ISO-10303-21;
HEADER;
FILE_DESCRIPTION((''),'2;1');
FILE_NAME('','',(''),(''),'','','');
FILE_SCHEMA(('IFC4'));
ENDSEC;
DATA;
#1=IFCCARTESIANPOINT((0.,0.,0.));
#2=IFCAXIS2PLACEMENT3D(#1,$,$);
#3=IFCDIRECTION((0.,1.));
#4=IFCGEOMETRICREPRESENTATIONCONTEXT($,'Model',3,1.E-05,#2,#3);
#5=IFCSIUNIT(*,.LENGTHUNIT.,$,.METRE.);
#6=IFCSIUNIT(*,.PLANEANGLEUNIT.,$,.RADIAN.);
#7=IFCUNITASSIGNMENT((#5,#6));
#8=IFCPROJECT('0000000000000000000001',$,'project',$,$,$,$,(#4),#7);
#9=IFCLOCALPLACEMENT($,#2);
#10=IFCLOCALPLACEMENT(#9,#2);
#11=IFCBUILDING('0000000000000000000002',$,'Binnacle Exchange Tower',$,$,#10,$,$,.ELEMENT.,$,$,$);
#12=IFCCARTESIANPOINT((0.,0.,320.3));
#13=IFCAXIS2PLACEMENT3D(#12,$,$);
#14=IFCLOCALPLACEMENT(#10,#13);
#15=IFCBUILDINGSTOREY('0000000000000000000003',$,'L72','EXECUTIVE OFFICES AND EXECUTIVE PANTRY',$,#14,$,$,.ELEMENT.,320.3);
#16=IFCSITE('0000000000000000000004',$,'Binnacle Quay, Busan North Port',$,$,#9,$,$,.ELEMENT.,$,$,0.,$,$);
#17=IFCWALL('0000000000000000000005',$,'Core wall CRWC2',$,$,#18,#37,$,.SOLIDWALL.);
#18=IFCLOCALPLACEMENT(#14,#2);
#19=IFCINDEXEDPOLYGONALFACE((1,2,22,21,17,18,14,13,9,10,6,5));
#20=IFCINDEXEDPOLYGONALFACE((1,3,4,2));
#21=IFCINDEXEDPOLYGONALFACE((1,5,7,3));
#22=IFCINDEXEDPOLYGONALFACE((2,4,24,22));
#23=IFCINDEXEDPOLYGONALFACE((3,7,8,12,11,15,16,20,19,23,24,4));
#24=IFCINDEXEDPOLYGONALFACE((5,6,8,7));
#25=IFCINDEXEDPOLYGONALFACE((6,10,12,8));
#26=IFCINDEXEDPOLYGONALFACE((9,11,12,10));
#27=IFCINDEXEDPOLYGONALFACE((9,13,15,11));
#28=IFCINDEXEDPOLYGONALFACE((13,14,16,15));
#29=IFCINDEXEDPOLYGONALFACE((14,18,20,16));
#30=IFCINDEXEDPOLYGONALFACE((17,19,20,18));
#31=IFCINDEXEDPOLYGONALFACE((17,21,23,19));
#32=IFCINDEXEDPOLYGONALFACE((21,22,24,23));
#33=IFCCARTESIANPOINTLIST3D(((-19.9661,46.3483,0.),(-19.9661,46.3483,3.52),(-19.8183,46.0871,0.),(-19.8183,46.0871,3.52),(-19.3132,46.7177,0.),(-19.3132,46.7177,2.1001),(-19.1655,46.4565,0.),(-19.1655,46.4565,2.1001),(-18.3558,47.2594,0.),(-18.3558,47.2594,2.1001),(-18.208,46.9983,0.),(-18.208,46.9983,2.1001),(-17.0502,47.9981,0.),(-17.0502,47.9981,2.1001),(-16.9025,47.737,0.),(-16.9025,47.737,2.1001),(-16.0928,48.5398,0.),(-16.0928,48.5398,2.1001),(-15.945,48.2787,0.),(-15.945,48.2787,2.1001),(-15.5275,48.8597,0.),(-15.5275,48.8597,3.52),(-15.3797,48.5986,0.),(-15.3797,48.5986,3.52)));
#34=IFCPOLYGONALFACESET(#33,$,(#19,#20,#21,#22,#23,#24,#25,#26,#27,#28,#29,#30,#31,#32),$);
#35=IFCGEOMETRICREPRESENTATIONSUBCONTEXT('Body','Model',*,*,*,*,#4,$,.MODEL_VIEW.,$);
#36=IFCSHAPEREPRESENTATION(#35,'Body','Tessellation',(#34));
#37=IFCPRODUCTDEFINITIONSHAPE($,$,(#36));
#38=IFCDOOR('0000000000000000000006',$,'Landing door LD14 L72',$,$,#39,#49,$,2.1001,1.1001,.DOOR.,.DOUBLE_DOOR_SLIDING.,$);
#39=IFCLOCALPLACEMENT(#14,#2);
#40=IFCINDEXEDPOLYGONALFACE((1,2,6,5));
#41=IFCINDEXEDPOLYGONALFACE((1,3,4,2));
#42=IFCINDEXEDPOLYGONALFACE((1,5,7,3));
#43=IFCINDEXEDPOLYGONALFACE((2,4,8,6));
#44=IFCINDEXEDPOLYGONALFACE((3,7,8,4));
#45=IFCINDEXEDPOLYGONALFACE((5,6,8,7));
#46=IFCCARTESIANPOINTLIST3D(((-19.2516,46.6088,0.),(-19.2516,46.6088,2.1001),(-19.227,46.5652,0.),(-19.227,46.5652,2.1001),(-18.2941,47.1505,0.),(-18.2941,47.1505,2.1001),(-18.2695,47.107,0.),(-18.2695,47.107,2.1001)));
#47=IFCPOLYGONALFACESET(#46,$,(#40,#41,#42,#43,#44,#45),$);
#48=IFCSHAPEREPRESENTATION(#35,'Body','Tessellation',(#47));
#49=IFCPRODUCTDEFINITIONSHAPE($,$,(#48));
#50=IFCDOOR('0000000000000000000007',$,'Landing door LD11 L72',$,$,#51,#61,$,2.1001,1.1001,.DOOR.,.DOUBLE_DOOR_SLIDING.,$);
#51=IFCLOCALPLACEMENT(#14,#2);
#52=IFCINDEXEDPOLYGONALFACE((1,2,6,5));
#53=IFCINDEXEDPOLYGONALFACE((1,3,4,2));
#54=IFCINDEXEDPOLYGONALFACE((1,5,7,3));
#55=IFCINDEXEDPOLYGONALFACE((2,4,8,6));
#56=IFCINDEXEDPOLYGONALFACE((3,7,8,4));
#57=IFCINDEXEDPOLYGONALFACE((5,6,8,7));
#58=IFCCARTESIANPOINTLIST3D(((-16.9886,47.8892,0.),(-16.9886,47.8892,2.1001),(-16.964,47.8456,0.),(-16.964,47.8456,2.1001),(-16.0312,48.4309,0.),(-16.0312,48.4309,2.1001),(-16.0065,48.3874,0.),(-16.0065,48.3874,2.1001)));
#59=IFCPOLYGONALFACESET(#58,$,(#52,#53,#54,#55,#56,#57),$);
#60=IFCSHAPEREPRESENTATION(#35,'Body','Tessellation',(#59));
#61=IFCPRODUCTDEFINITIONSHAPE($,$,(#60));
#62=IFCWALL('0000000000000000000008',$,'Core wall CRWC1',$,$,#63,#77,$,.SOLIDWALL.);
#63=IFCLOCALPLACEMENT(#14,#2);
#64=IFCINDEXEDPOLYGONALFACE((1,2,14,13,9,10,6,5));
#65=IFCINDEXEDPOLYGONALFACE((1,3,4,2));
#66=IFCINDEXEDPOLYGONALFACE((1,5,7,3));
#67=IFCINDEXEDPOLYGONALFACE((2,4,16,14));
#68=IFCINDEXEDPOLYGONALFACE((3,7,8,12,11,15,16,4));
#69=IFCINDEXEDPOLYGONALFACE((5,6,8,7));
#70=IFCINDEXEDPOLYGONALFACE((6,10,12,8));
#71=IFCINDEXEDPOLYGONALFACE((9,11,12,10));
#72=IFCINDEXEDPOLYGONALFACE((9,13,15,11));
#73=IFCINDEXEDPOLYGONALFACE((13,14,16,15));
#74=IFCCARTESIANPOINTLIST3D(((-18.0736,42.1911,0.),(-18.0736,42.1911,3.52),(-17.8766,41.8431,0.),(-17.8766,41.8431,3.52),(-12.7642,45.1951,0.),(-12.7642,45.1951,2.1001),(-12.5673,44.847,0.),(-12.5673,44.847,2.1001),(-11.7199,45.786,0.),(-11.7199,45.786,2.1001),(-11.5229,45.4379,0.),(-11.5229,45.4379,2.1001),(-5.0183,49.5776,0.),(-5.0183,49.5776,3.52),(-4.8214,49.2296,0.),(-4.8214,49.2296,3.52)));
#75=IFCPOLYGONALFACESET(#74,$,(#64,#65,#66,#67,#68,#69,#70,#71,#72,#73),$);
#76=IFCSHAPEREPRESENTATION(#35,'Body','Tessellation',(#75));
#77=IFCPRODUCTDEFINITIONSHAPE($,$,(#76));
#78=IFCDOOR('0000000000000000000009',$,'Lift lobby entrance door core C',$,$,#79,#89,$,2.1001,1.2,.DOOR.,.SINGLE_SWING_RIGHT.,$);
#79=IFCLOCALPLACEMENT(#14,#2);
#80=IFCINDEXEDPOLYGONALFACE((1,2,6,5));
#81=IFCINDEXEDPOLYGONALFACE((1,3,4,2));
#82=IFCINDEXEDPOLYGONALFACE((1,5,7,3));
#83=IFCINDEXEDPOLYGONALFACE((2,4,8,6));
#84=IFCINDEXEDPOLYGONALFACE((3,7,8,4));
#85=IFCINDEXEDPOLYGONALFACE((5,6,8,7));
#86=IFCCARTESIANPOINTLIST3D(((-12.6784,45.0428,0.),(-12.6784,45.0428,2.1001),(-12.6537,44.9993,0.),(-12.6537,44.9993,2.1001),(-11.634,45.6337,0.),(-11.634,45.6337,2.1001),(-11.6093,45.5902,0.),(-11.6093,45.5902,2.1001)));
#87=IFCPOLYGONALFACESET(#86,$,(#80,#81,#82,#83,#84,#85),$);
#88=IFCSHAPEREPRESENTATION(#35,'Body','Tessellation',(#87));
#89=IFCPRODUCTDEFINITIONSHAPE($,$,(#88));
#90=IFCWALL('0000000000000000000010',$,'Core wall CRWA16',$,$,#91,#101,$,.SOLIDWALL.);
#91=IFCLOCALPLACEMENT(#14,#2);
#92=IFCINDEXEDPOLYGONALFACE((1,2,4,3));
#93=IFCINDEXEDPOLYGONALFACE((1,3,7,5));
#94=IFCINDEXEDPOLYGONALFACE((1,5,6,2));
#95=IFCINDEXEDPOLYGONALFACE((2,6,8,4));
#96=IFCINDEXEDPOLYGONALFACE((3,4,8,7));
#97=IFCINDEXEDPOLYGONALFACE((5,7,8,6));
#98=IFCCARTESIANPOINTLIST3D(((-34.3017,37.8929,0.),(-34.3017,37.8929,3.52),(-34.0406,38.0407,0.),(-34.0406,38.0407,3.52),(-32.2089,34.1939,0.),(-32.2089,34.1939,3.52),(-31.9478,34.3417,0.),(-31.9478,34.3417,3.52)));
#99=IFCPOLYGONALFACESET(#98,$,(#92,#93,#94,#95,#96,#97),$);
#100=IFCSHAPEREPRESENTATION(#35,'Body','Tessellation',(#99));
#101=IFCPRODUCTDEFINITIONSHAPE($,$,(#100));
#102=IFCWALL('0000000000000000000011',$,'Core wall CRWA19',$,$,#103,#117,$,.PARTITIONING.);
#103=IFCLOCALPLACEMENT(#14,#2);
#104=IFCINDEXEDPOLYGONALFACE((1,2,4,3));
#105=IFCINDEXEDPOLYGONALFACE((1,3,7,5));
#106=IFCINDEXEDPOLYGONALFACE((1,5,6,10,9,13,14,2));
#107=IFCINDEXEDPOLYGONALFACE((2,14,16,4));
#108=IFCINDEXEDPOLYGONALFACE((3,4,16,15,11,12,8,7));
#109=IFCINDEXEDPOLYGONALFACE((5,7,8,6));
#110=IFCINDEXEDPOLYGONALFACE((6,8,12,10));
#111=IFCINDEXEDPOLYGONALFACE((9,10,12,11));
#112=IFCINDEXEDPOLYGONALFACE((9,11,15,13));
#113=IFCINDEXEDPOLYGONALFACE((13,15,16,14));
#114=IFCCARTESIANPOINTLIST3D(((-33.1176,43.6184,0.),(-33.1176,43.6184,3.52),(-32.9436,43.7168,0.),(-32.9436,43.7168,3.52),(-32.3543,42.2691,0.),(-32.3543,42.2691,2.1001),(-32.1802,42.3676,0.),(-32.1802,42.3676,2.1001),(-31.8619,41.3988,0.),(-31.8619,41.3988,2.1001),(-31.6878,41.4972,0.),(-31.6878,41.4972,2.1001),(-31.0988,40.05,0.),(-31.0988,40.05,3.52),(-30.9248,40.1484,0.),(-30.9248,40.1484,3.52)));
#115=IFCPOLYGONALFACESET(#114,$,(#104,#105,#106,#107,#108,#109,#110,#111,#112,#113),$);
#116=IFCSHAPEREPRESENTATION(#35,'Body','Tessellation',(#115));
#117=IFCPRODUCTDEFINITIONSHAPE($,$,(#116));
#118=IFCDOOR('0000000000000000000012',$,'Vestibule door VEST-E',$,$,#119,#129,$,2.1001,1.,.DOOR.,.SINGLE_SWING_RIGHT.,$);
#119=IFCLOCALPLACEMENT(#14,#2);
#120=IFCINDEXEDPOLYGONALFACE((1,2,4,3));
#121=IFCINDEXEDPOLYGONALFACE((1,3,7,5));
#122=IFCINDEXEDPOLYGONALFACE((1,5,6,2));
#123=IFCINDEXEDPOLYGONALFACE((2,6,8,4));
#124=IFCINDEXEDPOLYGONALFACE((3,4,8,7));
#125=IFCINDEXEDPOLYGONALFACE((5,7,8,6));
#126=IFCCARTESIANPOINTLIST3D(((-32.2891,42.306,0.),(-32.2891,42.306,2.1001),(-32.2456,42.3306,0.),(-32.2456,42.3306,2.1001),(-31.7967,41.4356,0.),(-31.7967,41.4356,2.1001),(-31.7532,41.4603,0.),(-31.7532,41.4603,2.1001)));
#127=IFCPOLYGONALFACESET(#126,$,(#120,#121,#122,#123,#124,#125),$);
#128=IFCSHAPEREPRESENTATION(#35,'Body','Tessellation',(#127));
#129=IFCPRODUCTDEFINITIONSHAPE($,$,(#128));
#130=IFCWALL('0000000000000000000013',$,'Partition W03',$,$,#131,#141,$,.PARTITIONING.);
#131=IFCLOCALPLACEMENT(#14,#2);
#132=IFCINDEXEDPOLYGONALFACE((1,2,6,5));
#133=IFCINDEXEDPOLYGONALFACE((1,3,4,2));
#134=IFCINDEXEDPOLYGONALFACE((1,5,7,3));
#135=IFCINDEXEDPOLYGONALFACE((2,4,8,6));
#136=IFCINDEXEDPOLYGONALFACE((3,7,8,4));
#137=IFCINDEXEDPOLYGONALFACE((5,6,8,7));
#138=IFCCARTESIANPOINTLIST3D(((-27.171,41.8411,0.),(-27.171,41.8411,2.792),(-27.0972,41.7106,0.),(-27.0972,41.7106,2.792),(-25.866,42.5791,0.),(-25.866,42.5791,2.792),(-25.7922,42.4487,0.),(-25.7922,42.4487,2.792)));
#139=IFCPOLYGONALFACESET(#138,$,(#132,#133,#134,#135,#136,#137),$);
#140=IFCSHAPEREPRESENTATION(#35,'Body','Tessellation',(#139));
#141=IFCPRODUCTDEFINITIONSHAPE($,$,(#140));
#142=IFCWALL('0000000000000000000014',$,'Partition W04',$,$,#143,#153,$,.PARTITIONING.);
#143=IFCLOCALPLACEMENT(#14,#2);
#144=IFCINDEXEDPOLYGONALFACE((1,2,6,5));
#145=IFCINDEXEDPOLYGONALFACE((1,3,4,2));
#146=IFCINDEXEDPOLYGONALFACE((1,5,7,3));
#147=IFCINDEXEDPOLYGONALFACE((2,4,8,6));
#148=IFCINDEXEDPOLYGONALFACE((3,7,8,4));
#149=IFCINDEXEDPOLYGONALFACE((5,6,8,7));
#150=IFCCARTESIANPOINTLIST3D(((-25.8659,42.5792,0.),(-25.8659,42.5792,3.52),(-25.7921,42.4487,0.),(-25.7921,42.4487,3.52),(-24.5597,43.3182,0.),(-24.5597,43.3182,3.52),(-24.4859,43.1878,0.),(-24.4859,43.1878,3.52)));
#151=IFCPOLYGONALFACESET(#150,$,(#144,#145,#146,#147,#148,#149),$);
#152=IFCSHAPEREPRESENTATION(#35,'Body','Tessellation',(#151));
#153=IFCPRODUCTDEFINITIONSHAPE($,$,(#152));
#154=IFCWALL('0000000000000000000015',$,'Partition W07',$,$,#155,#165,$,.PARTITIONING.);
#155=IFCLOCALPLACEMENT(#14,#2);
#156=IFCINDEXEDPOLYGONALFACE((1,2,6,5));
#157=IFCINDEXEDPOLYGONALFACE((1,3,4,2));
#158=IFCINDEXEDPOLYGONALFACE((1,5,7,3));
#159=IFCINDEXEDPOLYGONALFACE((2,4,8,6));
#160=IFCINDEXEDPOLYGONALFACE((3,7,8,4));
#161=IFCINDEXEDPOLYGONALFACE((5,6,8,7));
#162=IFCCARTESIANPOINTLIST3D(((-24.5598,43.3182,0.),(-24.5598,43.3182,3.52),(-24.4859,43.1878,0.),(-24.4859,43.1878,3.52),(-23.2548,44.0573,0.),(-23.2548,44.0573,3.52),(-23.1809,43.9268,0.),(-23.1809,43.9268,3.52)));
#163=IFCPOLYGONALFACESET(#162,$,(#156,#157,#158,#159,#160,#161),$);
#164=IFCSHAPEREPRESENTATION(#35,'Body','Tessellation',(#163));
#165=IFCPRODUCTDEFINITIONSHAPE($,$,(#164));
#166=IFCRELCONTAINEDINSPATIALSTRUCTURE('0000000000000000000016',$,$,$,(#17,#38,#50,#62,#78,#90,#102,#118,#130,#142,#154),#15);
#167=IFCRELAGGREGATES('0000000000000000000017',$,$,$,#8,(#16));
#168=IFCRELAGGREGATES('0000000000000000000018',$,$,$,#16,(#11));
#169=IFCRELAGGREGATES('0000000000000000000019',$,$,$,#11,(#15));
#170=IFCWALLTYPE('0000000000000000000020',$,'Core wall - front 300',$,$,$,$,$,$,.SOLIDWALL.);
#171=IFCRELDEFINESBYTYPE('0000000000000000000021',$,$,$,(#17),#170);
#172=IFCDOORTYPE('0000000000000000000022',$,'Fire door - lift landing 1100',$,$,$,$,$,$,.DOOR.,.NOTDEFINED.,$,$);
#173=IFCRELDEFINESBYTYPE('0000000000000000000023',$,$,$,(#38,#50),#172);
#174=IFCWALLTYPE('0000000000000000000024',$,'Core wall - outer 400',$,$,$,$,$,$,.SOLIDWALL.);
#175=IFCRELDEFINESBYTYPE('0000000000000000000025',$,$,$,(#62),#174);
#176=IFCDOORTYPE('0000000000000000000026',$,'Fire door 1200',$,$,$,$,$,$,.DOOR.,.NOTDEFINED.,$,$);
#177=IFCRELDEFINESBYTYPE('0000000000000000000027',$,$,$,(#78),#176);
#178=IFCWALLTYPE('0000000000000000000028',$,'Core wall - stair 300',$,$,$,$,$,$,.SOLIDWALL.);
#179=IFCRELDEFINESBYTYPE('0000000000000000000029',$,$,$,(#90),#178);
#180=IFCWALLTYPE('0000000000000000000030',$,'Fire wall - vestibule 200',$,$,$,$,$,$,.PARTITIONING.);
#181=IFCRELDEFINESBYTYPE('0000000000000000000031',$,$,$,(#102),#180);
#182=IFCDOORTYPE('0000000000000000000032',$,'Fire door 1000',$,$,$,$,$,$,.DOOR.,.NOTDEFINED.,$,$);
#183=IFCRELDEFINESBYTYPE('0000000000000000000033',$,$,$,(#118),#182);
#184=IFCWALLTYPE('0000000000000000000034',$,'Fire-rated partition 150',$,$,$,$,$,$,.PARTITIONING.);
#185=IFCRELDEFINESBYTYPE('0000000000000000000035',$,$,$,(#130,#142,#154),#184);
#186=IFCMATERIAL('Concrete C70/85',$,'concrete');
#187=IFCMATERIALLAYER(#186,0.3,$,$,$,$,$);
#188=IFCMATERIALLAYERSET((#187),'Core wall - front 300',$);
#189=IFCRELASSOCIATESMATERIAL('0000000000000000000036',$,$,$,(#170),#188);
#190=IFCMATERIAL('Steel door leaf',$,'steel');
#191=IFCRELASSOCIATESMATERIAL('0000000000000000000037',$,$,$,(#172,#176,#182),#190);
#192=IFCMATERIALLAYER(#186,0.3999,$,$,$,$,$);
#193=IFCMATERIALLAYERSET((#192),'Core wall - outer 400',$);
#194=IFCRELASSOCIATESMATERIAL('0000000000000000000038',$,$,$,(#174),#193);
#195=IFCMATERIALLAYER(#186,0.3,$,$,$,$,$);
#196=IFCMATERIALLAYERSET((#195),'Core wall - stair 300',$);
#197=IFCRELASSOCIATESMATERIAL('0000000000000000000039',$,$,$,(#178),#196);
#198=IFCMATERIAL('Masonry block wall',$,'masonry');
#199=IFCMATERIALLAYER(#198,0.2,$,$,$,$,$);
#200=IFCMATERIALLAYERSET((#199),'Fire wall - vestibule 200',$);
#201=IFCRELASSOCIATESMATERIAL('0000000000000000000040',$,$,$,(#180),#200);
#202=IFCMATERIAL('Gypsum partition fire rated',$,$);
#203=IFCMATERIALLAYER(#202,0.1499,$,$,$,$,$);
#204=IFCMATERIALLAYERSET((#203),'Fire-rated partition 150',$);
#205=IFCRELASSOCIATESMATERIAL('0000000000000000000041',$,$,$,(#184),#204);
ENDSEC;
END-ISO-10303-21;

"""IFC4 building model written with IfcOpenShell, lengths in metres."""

from ifc_helpers import new_model, si_unit, direction, frame, frame_2d, origin, place, context, subcontext, project, spatial, rectangle, extrude, material, layer, layer_set, type_object, element, fill, save


model = new_model("IFC4")

# Units and contexts
model_context = context("Model", 3, precision=1e-05, world=origin(), true_north=direction((0.0, 1.0)))
body_context = subcontext(model_context, "Body", "Model", "MODEL_VIEW")
ifc_project = project(units=[si_unit("LENGTHUNIT", "METRE"), si_unit("PLANEANGLEUNIT", "RADIAN")], contexts=[model_context])

# Site, building, storey
site_placement = place(None, origin())
site = spatial("IfcSite", under=ifc_project, at=site_placement, Name="Binnacle Quay, Busan North Port", CompositionType="ELEMENT", RefElevation=0.0)
building_placement = place(site_placement, origin())
building = spatial("IfcBuilding", under=site, at=building_placement, Name="Binnacle Exchange Tower", CompositionType="ELEMENT")
storey_placement = place(building_placement, frame((0.0, 0.0, 320.3)))
storey = spatial("IfcBuildingStorey", under=building, at=storey_placement, Name="L72", Description="EXECUTIVE OFFICES AND EXECUTIVE PANTRY", CompositionType="ELEMENT", Elevation=320.3)

# Wall, openings, doors
ifc_material_1 = material(Name="Concrete C70/85", Category="concrete")
ifc_layer_1 = layer(ifc_material_1, 0.3)
ifc_layer_set_1 = layer_set([ifc_layer_1], Name="Core wall - front 300")
wall_type_1 = type_object("IfcWallType", Name="Core wall - front 300", PredefinedType="SOLIDWALL", material=ifc_layer_set_1)
wall_1_placement = place(storey_placement, frame((-19.8921, 46.2178, 0.0), z_axis=(0.0, 0.0, 1.0), x_axis=(0.870342, 0.492448, 0.0)))
wall_1 = element("IfcWall", 1, at=wall_1_placement, inside=storey, type_object=wall_type_1, Name="Core wall CRWC2", PredefinedType="SOLIDWALL", context=body_context, shape_type="SweptSolid", body=[
    extrude(rectangle(XDim=5.0999, YDim=0.3, at=frame_2d((2.5498, 0.0))), origin(), (0.0, 0.0, 1.0), 3.52),
])
opening_1_placement = place(wall_1_placement, frame((0.75, 0.0, 0.0)))
opening_1 = element("IfcOpeningElement", 2, at=opening_1_placement, cuts=wall_1, PredefinedType="OPENING", context=body_context, shape_type="SweptSolid", body=[
    extrude(rectangle(XDim=1.1001, YDim=2.1001, at=frame_2d((0.55, 1.05))), frame((0.0, 0.1599, 0.0), z_axis=(0.0, -1.0, 0.0), x_axis=(1.0, 0.0, 0.0)), (0.0, 0.0, 1.0), 0.3201),
])
opening_2_placement = place(wall_1_placement, frame((3.3501, 0.0, 0.0)))
opening_2 = element("IfcOpeningElement", 3, at=opening_2_placement, cuts=wall_1, PredefinedType="OPENING", context=body_context, shape_type="SweptSolid", body=[
    extrude(rectangle(XDim=1.1001, YDim=2.1001, at=frame_2d((0.55, 1.05))), frame((0.0, 0.1599, 0.0), z_axis=(0.0, -1.0, 0.0), x_axis=(1.0, 0.0, 0.0)), (0.0, 0.0, 1.0), 0.3201),
])
ifc_material_2 = material(Name="Steel door leaf", Category="steel")
door_type_1 = type_object("IfcDoorType", Name="Fire door - lift landing 1100", OperationType="NOTDEFINED", PredefinedType="DOOR", material=ifc_material_2)
door_1_placement = place(opening_1_placement, origin())
door_1 = element("IfcDoor", 4, at=door_1_placement, inside=storey, type_object=door_type_1, Name="Landing door LD14 L72", OperationType="DOUBLE_DOOR_SLIDING", OverallHeight=2.1001, OverallWidth=1.1001, PredefinedType="DOOR", context=body_context, shape_type="SweptSolid", body=[
    extrude(rectangle(XDim=1.1001, YDim=2.1001, at=frame_2d((0.55, 1.05))), frame((0.0, 0.0249, 0.0), z_axis=(0.0, -1.0, 0.0), x_axis=(1.0, 0.0, 0.0)), (0.0, 0.0, 1.0), 0.05),
])
fill(opening_1, door_1)
door_2_placement = place(opening_2_placement, origin())
door_2 = element("IfcDoor", 5, at=door_2_placement, inside=storey, type_object=door_type_1, Name="Landing door LD11 L72", OperationType="DOUBLE_DOOR_SLIDING", OverallHeight=2.1001, OverallWidth=1.1001, PredefinedType="DOOR", context=body_context, shape_type="SweptSolid", body=[
    extrude(rectangle(XDim=1.1001, YDim=2.1001, at=frame_2d((0.55, 1.05))), frame((0.0, 0.0249, 0.0), z_axis=(0.0, -1.0, 0.0), x_axis=(1.0, 0.0, 0.0)), (0.0, 0.0, 1.0), 0.05),
])
fill(opening_2, door_2)

# Wall, opening, door
ifc_layer_2 = layer(ifc_material_1, 0.3999)
ifc_layer_set_2 = layer_set([ifc_layer_2], Name="Core wall - outer 400")
wall_type_2 = type_object("IfcWallType", Name="Core wall - outer 400", PredefinedType="SOLIDWALL", material=ifc_layer_set_2)
wall_2_placement = place(storey_placement, frame((-17.9751, 42.0171, 0.0), z_axis=(0.0, 0.0, 1.0), x_axis=(0.87035, 0.492434, 0.0)))
wall_2 = element("IfcWall", 6, at=wall_2_placement, inside=storey, type_object=wall_type_2, Name="Core wall CRWC1", PredefinedType="SOLIDWALL", context=body_context, shape_type="SweptSolid", body=[
    extrude(rectangle(XDim=15.0, YDim=0.3999, at=frame_2d((7.5, 0.0))), origin(), (0.0, 0.0, 1.0), 3.52),
])
opening_3_placement = place(wall_2_placement, frame((6.1001, 0.0, 0.0)))
opening_3 = element("IfcOpeningElement", 7, at=opening_3_placement, cuts=wall_2, PredefinedType="OPENING", context=body_context, shape_type="SweptSolid", body=[
    extrude(rectangle(XDim=1.2, YDim=2.1001, at=frame_2d((0.6001, 1.05))), frame((0.0, 0.21, 0.0), z_axis=(0.0, -1.0, 0.0), x_axis=(1.0, 0.0, 0.0)), (0.0, 0.0, 1.0), 0.4199),
])
door_type_2 = type_object("IfcDoorType", Name="Fire door 1200", OperationType="NOTDEFINED", PredefinedType="DOOR", material=ifc_material_2)
door_3_placement = place(opening_3_placement, frame((1.2, 0.0, 0.0), z_axis=(0.0, 0.0, 1.0), x_axis=(-1.0, 0.0, 0.0)))
door_3 = element("IfcDoor", 8, at=door_3_placement, inside=storey, type_object=door_type_2, Name="Lift lobby entrance door core C", OperationType="SINGLE_SWING_RIGHT", OverallHeight=2.1001, OverallWidth=1.2, PredefinedType="DOOR", context=body_context, shape_type="SweptSolid", body=[
    extrude(rectangle(XDim=1.2, YDim=2.1001, at=frame_2d((0.6001, 1.05))), frame((0.0, 0.0249, 0.0), z_axis=(0.0, -1.0, 0.0), x_axis=(1.0, 0.0, 0.0)), (0.0, 0.0, 1.0), 0.05),
])
fill(opening_3, door_3)

# Wall
ifc_layer_3 = layer(ifc_material_1, 0.3)
ifc_layer_set_3 = layer_set([ifc_layer_3], Name="Core wall - stair 300")
wall_type_3 = type_object("IfcWallType", Name="Core wall - stair 300", PredefinedType="SOLIDWALL", material=ifc_layer_set_3)
wall_3_placement = place(storey_placement, frame((-34.1711, 37.9668, 0.0), z_axis=(0.0, 0.0, 1.0), x_axis=(0.492423, -0.870356, 0.0)))
element("IfcWall", 9, at=wall_3_placement, inside=storey, type_object=wall_type_3, Name="Core wall CRWA16", PredefinedType="SOLIDWALL", context=body_context, shape_type="SweptSolid", body=[
    extrude(rectangle(XDim=4.25, YDim=0.3, at=frame_2d((2.125, 0.0))), origin(), (0.0, 0.0, 1.0), 3.52),
])

# Wall, opening, door
ifc_material_3 = material(Name="Masonry block wall", Category="masonry")
ifc_layer_4 = layer(ifc_material_3, 0.2)
ifc_layer_set_4 = layer_set([ifc_layer_4], Name="Fire wall - vestibule 200")
wall_type_4 = type_object("IfcWallType", Name="Fire wall - vestibule 200", PredefinedType="PARTITIONING", material=ifc_layer_set_4)
wall_4_placement = place(storey_placement, frame((-33.0305, 43.6675, 0.0), z_axis=(0.0, 0.0, 1.0), x_axis=(0.492408, -0.870364, 0.0)))
wall_4 = element("IfcWall", 10, at=wall_4_placement, inside=storey, type_object=wall_type_4, Name="Core wall CRWA19", PredefinedType="PARTITIONING", context=body_context, shape_type="SweptSolid", body=[
    extrude(rectangle(XDim=4.0999, YDim=0.2, at=frame_2d((2.0498, 0.0))), origin(), (0.0, 0.0, 1.0), 3.52),
])
opening_4_placement = place(wall_4_placement, frame((1.55, 0.0, 0.0)))
opening_4 = element("IfcOpeningElement", 11, at=opening_4_placement, cuts=wall_4, PredefinedType="OPENING", context=body_context, shape_type="SweptSolid", body=[
    extrude(rectangle(XDim=1.0, YDim=2.1001, at=frame_2d((0.5, 1.05))), frame((0.0, 0.1099, 0.0), z_axis=(0.0, -1.0, 0.0), x_axis=(1.0, 0.0, 0.0)), (0.0, 0.0, 1.0), 0.22),
])
door_type_3 = type_object("IfcDoorType", Name="Fire door 1000", OperationType="NOTDEFINED", PredefinedType="DOOR", material=ifc_material_2)
door_4_placement = place(opening_4_placement, origin())
door_4 = element("IfcDoor", 12, at=door_4_placement, inside=storey, type_object=door_type_3, Name="Vestibule door VEST-E", OperationType="SINGLE_SWING_RIGHT", OverallHeight=2.1001, OverallWidth=1.0, PredefinedType="DOOR", context=body_context, shape_type="SweptSolid", body=[
    extrude(rectangle(XDim=1.0, YDim=2.1001, at=frame_2d((0.5, 1.05))), frame((0.0, 0.0249, 0.0), z_axis=(0.0, -1.0, 0.0), x_axis=(1.0, 0.0, 0.0)), (0.0, 0.0, 1.0), 0.05),
])
fill(opening_4, door_4)

# Walls
ifc_material_4 = material(Name="Gypsum partition fire rated")
ifc_layer_5 = layer(ifc_material_4, 0.1499)
ifc_layer_set_5 = layer_set([ifc_layer_5], Name="Fire-rated partition 150")
wall_type_5 = type_object("IfcWallType", Name="Fire-rated partition 150", PredefinedType="PARTITIONING", material=ifc_layer_set_5)
wall_5_placement = place(storey_placement, frame((-27.134, 41.7759, 0.0), z_axis=(0.0, 0.0, 1.0), x_axis=(0.870429, 0.492293, 0.0)))
element("IfcWall", 13, at=wall_5_placement, inside=storey, type_object=wall_type_5, Name="Partition W03", PredefinedType="PARTITIONING", context=body_context, shape_type="SweptSolid", body=[
    extrude(rectangle(XDim=1.4993, YDim=0.1499, at=frame_2d((0.7495, 0.0))), origin(), (0.0, 0.0, 1.0), 2.792),
])
wall_6_placement = place(storey_placement, frame((-25.8291, 42.5139, 0.0), z_axis=(0.0, 0.0, 1.0), x_axis=(0.870348, 0.492438, 0.0)))
element("IfcWall", 14, at=wall_6_placement, inside=storey, type_object=wall_type_5, Name="Partition W04", PredefinedType="PARTITIONING", context=body_context, shape_type="SweptSolid", body=[
    extrude(rectangle(XDim=1.5007, YDim=0.1499, at=frame_2d((0.7505, 0.0))), origin(), (0.0, 0.0, 1.0), 3.52),
])
wall_7_placement = place(storey_placement, frame((-24.5229, 43.2529, 0.0), z_axis=(0.0, 0.0, 1.0), x_axis=(0.87015, 0.492787, 0.0)))
element("IfcWall", 15, at=wall_7_placement, inside=storey, type_object=wall_type_5, Name="Partition W07", PredefinedType="PARTITIONING", context=body_context, shape_type="SweptSolid", body=[
    extrude(rectangle(XDim=1.4998, YDim=0.1499, at=frame_2d((0.75, 0.0))), origin(), (0.0, 0.0, 1.0), 3.52),
])

save(model, "model.ifc")
